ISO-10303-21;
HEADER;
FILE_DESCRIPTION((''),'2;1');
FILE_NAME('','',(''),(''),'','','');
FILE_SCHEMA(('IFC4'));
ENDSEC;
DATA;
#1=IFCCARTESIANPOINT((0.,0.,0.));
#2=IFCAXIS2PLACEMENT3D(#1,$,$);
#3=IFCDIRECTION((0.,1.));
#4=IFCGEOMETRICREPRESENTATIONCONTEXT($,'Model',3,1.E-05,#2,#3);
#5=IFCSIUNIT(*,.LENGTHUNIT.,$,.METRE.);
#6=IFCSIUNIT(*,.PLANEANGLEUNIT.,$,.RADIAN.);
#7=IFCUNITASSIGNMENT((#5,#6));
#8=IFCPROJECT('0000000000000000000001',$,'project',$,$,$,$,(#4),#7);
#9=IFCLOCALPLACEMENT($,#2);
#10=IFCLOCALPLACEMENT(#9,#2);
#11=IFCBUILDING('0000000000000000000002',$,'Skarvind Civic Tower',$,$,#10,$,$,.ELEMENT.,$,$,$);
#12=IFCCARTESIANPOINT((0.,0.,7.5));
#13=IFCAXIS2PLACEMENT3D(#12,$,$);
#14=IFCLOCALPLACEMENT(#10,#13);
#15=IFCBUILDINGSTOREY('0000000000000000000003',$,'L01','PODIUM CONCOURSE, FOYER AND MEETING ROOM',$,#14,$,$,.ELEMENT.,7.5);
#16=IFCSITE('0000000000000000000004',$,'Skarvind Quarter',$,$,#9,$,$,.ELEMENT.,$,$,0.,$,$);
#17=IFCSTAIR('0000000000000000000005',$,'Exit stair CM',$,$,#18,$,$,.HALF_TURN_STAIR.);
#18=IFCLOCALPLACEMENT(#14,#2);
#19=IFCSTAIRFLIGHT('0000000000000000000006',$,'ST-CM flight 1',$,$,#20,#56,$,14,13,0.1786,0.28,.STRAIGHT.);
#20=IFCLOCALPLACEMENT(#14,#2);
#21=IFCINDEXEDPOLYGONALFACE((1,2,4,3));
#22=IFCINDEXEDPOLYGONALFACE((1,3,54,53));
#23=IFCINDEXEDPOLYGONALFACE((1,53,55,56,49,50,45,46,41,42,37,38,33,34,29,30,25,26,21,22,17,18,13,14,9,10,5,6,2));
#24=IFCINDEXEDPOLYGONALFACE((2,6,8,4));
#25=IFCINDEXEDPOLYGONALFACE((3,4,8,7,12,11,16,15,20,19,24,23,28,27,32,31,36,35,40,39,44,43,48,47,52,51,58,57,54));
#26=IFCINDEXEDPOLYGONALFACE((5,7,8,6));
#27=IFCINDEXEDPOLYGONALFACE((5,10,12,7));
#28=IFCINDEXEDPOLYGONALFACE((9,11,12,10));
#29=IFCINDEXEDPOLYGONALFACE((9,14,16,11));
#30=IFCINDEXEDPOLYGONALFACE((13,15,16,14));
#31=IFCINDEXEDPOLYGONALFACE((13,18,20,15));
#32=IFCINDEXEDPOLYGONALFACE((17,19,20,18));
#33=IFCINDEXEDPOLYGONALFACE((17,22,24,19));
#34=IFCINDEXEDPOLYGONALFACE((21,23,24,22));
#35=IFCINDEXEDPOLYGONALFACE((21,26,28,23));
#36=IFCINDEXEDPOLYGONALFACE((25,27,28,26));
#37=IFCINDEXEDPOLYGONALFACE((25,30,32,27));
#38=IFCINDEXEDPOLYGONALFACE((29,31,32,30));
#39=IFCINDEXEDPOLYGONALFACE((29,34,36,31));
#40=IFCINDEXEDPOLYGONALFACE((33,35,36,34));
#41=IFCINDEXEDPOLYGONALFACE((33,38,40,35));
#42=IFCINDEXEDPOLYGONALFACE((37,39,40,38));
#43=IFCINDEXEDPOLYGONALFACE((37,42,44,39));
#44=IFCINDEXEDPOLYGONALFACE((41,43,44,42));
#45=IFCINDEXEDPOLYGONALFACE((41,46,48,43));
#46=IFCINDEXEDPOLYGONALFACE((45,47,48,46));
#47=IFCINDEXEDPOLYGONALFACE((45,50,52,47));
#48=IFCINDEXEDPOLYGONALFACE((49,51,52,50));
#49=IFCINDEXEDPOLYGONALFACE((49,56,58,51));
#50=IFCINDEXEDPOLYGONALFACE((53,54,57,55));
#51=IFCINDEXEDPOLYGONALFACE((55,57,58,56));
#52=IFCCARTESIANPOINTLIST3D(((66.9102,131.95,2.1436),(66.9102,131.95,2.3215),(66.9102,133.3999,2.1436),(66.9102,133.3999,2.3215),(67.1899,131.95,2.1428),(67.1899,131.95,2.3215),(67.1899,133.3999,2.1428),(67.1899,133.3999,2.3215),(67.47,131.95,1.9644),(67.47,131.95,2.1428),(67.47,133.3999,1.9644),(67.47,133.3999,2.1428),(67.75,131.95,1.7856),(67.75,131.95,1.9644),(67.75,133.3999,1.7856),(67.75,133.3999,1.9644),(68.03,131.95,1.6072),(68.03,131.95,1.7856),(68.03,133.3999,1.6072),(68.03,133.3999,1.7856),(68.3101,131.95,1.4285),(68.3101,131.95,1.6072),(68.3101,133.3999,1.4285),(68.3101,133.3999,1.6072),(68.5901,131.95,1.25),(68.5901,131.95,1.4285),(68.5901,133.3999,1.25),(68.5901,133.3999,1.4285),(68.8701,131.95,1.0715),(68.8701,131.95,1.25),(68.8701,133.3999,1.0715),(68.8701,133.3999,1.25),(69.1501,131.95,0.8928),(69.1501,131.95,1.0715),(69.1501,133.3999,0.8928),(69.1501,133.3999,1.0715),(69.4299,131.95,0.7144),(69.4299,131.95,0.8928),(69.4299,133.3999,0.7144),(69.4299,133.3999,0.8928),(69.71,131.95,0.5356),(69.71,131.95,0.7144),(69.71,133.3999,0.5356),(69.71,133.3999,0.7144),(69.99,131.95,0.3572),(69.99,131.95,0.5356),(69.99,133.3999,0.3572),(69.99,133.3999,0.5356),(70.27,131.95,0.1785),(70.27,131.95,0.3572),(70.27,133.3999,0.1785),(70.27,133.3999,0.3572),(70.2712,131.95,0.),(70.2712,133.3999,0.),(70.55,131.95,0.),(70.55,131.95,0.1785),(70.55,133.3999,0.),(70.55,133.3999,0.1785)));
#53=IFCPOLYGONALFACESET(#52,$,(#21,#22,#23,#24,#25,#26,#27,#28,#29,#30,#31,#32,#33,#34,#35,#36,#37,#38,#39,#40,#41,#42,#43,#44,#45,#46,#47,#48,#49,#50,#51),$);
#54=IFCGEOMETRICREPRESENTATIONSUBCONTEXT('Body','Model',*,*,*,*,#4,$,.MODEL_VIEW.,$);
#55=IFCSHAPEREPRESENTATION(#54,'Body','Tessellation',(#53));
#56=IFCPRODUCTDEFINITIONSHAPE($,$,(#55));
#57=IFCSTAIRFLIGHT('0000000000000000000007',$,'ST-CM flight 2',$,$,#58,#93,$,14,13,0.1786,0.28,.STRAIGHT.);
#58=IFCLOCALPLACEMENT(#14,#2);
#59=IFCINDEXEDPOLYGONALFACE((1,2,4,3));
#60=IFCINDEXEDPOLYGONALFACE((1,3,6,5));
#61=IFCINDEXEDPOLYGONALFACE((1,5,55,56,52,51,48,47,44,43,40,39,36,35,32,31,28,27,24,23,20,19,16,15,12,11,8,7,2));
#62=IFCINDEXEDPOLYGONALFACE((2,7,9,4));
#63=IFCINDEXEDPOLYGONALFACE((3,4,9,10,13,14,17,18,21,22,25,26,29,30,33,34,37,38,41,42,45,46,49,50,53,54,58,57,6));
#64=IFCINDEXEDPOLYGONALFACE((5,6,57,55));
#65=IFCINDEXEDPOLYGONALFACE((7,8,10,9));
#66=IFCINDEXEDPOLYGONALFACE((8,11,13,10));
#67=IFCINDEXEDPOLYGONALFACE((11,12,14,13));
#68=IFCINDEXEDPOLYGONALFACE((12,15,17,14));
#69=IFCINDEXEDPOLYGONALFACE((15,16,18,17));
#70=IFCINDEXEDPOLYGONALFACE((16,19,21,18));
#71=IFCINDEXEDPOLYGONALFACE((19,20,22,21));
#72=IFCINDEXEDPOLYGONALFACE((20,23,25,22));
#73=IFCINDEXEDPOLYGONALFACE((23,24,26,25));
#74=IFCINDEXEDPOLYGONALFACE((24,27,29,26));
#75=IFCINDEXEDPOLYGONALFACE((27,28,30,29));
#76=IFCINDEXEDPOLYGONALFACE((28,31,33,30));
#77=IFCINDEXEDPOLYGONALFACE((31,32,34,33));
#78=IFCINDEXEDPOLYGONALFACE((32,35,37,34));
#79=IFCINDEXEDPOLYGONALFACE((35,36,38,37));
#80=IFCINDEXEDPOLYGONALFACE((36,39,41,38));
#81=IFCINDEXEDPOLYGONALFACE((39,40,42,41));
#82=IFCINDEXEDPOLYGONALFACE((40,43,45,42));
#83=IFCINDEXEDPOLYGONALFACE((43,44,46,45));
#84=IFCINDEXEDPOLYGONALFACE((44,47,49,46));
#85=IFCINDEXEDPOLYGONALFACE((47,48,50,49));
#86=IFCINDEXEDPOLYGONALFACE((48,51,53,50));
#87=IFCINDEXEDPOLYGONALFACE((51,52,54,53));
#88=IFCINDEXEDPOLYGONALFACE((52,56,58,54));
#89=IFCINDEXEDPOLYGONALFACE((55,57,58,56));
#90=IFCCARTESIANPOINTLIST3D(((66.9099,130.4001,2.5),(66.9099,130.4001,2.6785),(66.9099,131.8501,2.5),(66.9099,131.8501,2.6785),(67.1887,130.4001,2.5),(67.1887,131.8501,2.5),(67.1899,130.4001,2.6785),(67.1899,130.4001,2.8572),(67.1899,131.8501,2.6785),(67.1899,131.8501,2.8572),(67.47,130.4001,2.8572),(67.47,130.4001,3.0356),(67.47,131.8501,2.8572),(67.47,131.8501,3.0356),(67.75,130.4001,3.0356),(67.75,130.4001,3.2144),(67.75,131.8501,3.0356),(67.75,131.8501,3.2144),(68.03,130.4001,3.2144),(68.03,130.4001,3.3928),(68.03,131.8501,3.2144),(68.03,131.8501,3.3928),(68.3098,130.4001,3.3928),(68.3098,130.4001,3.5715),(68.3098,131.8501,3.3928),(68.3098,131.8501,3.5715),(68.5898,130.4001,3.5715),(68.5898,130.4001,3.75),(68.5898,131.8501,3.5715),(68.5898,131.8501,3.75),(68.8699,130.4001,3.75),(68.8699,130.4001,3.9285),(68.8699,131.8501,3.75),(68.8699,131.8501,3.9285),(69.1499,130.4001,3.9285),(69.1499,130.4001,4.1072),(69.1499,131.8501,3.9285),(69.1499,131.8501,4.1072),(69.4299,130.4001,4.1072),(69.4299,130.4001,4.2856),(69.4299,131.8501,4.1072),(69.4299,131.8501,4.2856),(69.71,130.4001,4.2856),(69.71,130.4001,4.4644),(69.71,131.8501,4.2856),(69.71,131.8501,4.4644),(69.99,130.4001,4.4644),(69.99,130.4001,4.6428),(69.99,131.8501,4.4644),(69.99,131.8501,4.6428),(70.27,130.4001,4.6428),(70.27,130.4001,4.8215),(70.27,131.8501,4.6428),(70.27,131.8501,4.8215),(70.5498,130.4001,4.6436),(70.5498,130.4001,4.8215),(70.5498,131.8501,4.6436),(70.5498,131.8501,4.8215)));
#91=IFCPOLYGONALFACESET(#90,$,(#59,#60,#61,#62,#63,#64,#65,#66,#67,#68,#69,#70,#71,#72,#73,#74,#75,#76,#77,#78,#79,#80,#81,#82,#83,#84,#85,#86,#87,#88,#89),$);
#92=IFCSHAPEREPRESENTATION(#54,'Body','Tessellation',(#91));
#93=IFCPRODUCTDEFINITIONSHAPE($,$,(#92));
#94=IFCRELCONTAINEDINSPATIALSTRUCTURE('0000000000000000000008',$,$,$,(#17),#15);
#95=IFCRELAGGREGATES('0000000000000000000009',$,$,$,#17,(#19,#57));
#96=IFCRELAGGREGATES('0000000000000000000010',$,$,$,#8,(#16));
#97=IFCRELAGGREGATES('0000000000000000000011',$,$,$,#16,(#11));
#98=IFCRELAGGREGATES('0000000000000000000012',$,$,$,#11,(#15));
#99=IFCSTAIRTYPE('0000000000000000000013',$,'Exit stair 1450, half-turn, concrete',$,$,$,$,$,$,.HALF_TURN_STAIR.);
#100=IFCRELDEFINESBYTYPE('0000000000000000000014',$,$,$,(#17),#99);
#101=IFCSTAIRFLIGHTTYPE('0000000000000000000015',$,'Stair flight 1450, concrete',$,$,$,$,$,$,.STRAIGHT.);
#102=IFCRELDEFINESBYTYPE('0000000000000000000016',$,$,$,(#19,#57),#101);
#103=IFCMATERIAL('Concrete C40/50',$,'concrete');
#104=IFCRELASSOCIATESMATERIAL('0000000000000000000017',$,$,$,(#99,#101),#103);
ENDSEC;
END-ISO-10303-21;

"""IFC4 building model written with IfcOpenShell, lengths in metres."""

from ifc_helpers import new_model, si_unit, direction, frame, origin, place, context, subcontext, project, spatial, polyline, outline, extrude, material, type_object, element, aggregate, save


model = new_model("IFC4")

# Units and contexts
model_context = context("Model", 3, precision=1e-05, world=origin(), true_north=direction((0.0, 1.0)))
body_context = subcontext(model_context, "Body", "Model", "MODEL_VIEW")
ifc_project = project(units=[si_unit("LENGTHUNIT", "METRE"), si_unit("PLANEANGLEUNIT", "RADIAN")], contexts=[model_context])

# Site, building, storey
site_placement = place(None, origin())
site = spatial("IfcSite", under=ifc_project, at=site_placement, Name="Skarvind Quarter", CompositionType="ELEMENT", RefElevation=0.0)
building_placement = place(site_placement, origin())
building = spatial("IfcBuilding", under=site, at=building_placement, Name="Skarvind Civic Tower", CompositionType="ELEMENT")
storey_placement = place(building_placement, frame((0.0, 0.0, 7.5)))
storey = spatial("IfcBuildingStorey", under=building, at=storey_placement, Name="L01", Description="PODIUM CONCOURSE, FOYER AND MEETING ROOM", CompositionType="ELEMENT", Elevation=7.5)

# Stair, stair flights
ifc_material_1 = material(Name="Concrete C40/50", Category="concrete")
stair_type = type_object("IfcStairType", Name="Exit stair 1450, half-turn, concrete", PredefinedType="HALF_TURN_STAIR", material=ifc_material_1)
stair_placement = place(storey_placement, origin())
stair = element("IfcStair", 1, at=stair_placement, inside=storey, type_object=stair_type, Name="Exit stair CM", PredefinedType="HALF_TURN_STAIR")
stair_flight_type = type_object("IfcStairFlightType", Name="Stair flight 1450, concrete", PredefinedType="STRAIGHT", material=ifc_material_1)
stair_flight_1_placement = place(storey_placement, frame((70.55, 132.675, 0.0), z_axis=(0.0, 0.0, 1.0), x_axis=(-1.0, 0.0, 0.0)))
stair_flight_1 = element("IfcStairFlight", 2, at=stair_flight_1_placement, type_object=stair_flight_type, Name="ST-CM flight 1", NumberOfRisers=14, NumberOfTreads=13, PredefinedType="STRAIGHT", RiserHeight=0.1786, TreadLength=0.28, context=body_context, shape_type="SweptSolid", body=[
    extrude(outline(polyline([(0.0, 0.0), (0.0, 0.1785), (0.28, 0.1785), (0.28, 0.3572), (0.5601, 0.3572), (0.5601, 0.5356), (0.8401, 0.5356), (0.8401, 0.7144), (1.1201, 0.7144), (1.1201, 0.8928), (1.3999, 0.8928), (1.3999, 1.0715), (1.6799, 1.0715), (1.6799, 1.25), (1.96, 1.25), (1.96, 1.4285), (2.24, 1.4285), (2.24, 1.6072), (2.52, 1.6072), (2.52, 1.7856), (2.8, 1.7856), (2.8, 1.9644), (3.0801, 1.9644), (3.0801, 2.1428), (3.3601, 2.1428), (3.3601, 2.3215), (3.6399, 2.3215), (3.6399, 2.5), (3.6399, 2.1436), (0.2788, 0.0), (0.0, 0.0)])), frame((0.0, 0.7251, 0.0), z_axis=(0.0, -1.0, 0.0), x_axis=(1.0, 0.0, 0.0)), (0.0, 0.0, 1.0), 1.45),
])
stair_flight_2_placement = place(storey_placement, frame((66.9099, 131.125, 2.5), z_axis=(0.0, 0.0, 1.0), x_axis=(1.0, 0.0, 0.0)))
stair_flight_2 = element("IfcStairFlight", 3, at=stair_flight_2_placement, type_object=stair_flight_type, Name="ST-CM flight 2", NumberOfRisers=14, NumberOfTreads=13, PredefinedType="STRAIGHT", RiserHeight=0.1786, TreadLength=0.28, context=body_context, shape_type="SweptSolid", body=[
    extrude(outline(polyline([(0.0, 0.0), (0.0, 0.1785), (0.28, 0.1785), (0.28, 0.3572), (0.5601, 0.3572), (0.5601, 0.5356), (0.8401, 0.5356), (0.8401, 0.7144), (1.1201, 0.7144), (1.1201, 0.8928), (1.3999, 0.8928), (1.3999, 1.0715), (1.6799, 1.0715), (1.6799, 1.25), (1.96, 1.25), (1.96, 1.4285), (2.24, 1.4285), (2.24, 1.6072), (2.52, 1.6072), (2.52, 1.7856), (2.8, 1.7856), (2.8, 1.9644), (3.0801, 1.9644), (3.0801, 2.1428), (3.3601, 2.1428), (3.3601, 2.3215), (3.6399, 2.3215), (3.6399, 2.5), (3.6399, 2.1436), (0.2788, 0.0), (0.0, 0.0)])), frame((0.0, 0.7251, 0.0), z_axis=(0.0, -1.0, 0.0), x_axis=(1.0, 0.0, 0.0)), (0.0, 0.0, 1.0), 1.45),
])
aggregate(stair, [stair_flight_1, stair_flight_2])

save(model, "model.ifc")
